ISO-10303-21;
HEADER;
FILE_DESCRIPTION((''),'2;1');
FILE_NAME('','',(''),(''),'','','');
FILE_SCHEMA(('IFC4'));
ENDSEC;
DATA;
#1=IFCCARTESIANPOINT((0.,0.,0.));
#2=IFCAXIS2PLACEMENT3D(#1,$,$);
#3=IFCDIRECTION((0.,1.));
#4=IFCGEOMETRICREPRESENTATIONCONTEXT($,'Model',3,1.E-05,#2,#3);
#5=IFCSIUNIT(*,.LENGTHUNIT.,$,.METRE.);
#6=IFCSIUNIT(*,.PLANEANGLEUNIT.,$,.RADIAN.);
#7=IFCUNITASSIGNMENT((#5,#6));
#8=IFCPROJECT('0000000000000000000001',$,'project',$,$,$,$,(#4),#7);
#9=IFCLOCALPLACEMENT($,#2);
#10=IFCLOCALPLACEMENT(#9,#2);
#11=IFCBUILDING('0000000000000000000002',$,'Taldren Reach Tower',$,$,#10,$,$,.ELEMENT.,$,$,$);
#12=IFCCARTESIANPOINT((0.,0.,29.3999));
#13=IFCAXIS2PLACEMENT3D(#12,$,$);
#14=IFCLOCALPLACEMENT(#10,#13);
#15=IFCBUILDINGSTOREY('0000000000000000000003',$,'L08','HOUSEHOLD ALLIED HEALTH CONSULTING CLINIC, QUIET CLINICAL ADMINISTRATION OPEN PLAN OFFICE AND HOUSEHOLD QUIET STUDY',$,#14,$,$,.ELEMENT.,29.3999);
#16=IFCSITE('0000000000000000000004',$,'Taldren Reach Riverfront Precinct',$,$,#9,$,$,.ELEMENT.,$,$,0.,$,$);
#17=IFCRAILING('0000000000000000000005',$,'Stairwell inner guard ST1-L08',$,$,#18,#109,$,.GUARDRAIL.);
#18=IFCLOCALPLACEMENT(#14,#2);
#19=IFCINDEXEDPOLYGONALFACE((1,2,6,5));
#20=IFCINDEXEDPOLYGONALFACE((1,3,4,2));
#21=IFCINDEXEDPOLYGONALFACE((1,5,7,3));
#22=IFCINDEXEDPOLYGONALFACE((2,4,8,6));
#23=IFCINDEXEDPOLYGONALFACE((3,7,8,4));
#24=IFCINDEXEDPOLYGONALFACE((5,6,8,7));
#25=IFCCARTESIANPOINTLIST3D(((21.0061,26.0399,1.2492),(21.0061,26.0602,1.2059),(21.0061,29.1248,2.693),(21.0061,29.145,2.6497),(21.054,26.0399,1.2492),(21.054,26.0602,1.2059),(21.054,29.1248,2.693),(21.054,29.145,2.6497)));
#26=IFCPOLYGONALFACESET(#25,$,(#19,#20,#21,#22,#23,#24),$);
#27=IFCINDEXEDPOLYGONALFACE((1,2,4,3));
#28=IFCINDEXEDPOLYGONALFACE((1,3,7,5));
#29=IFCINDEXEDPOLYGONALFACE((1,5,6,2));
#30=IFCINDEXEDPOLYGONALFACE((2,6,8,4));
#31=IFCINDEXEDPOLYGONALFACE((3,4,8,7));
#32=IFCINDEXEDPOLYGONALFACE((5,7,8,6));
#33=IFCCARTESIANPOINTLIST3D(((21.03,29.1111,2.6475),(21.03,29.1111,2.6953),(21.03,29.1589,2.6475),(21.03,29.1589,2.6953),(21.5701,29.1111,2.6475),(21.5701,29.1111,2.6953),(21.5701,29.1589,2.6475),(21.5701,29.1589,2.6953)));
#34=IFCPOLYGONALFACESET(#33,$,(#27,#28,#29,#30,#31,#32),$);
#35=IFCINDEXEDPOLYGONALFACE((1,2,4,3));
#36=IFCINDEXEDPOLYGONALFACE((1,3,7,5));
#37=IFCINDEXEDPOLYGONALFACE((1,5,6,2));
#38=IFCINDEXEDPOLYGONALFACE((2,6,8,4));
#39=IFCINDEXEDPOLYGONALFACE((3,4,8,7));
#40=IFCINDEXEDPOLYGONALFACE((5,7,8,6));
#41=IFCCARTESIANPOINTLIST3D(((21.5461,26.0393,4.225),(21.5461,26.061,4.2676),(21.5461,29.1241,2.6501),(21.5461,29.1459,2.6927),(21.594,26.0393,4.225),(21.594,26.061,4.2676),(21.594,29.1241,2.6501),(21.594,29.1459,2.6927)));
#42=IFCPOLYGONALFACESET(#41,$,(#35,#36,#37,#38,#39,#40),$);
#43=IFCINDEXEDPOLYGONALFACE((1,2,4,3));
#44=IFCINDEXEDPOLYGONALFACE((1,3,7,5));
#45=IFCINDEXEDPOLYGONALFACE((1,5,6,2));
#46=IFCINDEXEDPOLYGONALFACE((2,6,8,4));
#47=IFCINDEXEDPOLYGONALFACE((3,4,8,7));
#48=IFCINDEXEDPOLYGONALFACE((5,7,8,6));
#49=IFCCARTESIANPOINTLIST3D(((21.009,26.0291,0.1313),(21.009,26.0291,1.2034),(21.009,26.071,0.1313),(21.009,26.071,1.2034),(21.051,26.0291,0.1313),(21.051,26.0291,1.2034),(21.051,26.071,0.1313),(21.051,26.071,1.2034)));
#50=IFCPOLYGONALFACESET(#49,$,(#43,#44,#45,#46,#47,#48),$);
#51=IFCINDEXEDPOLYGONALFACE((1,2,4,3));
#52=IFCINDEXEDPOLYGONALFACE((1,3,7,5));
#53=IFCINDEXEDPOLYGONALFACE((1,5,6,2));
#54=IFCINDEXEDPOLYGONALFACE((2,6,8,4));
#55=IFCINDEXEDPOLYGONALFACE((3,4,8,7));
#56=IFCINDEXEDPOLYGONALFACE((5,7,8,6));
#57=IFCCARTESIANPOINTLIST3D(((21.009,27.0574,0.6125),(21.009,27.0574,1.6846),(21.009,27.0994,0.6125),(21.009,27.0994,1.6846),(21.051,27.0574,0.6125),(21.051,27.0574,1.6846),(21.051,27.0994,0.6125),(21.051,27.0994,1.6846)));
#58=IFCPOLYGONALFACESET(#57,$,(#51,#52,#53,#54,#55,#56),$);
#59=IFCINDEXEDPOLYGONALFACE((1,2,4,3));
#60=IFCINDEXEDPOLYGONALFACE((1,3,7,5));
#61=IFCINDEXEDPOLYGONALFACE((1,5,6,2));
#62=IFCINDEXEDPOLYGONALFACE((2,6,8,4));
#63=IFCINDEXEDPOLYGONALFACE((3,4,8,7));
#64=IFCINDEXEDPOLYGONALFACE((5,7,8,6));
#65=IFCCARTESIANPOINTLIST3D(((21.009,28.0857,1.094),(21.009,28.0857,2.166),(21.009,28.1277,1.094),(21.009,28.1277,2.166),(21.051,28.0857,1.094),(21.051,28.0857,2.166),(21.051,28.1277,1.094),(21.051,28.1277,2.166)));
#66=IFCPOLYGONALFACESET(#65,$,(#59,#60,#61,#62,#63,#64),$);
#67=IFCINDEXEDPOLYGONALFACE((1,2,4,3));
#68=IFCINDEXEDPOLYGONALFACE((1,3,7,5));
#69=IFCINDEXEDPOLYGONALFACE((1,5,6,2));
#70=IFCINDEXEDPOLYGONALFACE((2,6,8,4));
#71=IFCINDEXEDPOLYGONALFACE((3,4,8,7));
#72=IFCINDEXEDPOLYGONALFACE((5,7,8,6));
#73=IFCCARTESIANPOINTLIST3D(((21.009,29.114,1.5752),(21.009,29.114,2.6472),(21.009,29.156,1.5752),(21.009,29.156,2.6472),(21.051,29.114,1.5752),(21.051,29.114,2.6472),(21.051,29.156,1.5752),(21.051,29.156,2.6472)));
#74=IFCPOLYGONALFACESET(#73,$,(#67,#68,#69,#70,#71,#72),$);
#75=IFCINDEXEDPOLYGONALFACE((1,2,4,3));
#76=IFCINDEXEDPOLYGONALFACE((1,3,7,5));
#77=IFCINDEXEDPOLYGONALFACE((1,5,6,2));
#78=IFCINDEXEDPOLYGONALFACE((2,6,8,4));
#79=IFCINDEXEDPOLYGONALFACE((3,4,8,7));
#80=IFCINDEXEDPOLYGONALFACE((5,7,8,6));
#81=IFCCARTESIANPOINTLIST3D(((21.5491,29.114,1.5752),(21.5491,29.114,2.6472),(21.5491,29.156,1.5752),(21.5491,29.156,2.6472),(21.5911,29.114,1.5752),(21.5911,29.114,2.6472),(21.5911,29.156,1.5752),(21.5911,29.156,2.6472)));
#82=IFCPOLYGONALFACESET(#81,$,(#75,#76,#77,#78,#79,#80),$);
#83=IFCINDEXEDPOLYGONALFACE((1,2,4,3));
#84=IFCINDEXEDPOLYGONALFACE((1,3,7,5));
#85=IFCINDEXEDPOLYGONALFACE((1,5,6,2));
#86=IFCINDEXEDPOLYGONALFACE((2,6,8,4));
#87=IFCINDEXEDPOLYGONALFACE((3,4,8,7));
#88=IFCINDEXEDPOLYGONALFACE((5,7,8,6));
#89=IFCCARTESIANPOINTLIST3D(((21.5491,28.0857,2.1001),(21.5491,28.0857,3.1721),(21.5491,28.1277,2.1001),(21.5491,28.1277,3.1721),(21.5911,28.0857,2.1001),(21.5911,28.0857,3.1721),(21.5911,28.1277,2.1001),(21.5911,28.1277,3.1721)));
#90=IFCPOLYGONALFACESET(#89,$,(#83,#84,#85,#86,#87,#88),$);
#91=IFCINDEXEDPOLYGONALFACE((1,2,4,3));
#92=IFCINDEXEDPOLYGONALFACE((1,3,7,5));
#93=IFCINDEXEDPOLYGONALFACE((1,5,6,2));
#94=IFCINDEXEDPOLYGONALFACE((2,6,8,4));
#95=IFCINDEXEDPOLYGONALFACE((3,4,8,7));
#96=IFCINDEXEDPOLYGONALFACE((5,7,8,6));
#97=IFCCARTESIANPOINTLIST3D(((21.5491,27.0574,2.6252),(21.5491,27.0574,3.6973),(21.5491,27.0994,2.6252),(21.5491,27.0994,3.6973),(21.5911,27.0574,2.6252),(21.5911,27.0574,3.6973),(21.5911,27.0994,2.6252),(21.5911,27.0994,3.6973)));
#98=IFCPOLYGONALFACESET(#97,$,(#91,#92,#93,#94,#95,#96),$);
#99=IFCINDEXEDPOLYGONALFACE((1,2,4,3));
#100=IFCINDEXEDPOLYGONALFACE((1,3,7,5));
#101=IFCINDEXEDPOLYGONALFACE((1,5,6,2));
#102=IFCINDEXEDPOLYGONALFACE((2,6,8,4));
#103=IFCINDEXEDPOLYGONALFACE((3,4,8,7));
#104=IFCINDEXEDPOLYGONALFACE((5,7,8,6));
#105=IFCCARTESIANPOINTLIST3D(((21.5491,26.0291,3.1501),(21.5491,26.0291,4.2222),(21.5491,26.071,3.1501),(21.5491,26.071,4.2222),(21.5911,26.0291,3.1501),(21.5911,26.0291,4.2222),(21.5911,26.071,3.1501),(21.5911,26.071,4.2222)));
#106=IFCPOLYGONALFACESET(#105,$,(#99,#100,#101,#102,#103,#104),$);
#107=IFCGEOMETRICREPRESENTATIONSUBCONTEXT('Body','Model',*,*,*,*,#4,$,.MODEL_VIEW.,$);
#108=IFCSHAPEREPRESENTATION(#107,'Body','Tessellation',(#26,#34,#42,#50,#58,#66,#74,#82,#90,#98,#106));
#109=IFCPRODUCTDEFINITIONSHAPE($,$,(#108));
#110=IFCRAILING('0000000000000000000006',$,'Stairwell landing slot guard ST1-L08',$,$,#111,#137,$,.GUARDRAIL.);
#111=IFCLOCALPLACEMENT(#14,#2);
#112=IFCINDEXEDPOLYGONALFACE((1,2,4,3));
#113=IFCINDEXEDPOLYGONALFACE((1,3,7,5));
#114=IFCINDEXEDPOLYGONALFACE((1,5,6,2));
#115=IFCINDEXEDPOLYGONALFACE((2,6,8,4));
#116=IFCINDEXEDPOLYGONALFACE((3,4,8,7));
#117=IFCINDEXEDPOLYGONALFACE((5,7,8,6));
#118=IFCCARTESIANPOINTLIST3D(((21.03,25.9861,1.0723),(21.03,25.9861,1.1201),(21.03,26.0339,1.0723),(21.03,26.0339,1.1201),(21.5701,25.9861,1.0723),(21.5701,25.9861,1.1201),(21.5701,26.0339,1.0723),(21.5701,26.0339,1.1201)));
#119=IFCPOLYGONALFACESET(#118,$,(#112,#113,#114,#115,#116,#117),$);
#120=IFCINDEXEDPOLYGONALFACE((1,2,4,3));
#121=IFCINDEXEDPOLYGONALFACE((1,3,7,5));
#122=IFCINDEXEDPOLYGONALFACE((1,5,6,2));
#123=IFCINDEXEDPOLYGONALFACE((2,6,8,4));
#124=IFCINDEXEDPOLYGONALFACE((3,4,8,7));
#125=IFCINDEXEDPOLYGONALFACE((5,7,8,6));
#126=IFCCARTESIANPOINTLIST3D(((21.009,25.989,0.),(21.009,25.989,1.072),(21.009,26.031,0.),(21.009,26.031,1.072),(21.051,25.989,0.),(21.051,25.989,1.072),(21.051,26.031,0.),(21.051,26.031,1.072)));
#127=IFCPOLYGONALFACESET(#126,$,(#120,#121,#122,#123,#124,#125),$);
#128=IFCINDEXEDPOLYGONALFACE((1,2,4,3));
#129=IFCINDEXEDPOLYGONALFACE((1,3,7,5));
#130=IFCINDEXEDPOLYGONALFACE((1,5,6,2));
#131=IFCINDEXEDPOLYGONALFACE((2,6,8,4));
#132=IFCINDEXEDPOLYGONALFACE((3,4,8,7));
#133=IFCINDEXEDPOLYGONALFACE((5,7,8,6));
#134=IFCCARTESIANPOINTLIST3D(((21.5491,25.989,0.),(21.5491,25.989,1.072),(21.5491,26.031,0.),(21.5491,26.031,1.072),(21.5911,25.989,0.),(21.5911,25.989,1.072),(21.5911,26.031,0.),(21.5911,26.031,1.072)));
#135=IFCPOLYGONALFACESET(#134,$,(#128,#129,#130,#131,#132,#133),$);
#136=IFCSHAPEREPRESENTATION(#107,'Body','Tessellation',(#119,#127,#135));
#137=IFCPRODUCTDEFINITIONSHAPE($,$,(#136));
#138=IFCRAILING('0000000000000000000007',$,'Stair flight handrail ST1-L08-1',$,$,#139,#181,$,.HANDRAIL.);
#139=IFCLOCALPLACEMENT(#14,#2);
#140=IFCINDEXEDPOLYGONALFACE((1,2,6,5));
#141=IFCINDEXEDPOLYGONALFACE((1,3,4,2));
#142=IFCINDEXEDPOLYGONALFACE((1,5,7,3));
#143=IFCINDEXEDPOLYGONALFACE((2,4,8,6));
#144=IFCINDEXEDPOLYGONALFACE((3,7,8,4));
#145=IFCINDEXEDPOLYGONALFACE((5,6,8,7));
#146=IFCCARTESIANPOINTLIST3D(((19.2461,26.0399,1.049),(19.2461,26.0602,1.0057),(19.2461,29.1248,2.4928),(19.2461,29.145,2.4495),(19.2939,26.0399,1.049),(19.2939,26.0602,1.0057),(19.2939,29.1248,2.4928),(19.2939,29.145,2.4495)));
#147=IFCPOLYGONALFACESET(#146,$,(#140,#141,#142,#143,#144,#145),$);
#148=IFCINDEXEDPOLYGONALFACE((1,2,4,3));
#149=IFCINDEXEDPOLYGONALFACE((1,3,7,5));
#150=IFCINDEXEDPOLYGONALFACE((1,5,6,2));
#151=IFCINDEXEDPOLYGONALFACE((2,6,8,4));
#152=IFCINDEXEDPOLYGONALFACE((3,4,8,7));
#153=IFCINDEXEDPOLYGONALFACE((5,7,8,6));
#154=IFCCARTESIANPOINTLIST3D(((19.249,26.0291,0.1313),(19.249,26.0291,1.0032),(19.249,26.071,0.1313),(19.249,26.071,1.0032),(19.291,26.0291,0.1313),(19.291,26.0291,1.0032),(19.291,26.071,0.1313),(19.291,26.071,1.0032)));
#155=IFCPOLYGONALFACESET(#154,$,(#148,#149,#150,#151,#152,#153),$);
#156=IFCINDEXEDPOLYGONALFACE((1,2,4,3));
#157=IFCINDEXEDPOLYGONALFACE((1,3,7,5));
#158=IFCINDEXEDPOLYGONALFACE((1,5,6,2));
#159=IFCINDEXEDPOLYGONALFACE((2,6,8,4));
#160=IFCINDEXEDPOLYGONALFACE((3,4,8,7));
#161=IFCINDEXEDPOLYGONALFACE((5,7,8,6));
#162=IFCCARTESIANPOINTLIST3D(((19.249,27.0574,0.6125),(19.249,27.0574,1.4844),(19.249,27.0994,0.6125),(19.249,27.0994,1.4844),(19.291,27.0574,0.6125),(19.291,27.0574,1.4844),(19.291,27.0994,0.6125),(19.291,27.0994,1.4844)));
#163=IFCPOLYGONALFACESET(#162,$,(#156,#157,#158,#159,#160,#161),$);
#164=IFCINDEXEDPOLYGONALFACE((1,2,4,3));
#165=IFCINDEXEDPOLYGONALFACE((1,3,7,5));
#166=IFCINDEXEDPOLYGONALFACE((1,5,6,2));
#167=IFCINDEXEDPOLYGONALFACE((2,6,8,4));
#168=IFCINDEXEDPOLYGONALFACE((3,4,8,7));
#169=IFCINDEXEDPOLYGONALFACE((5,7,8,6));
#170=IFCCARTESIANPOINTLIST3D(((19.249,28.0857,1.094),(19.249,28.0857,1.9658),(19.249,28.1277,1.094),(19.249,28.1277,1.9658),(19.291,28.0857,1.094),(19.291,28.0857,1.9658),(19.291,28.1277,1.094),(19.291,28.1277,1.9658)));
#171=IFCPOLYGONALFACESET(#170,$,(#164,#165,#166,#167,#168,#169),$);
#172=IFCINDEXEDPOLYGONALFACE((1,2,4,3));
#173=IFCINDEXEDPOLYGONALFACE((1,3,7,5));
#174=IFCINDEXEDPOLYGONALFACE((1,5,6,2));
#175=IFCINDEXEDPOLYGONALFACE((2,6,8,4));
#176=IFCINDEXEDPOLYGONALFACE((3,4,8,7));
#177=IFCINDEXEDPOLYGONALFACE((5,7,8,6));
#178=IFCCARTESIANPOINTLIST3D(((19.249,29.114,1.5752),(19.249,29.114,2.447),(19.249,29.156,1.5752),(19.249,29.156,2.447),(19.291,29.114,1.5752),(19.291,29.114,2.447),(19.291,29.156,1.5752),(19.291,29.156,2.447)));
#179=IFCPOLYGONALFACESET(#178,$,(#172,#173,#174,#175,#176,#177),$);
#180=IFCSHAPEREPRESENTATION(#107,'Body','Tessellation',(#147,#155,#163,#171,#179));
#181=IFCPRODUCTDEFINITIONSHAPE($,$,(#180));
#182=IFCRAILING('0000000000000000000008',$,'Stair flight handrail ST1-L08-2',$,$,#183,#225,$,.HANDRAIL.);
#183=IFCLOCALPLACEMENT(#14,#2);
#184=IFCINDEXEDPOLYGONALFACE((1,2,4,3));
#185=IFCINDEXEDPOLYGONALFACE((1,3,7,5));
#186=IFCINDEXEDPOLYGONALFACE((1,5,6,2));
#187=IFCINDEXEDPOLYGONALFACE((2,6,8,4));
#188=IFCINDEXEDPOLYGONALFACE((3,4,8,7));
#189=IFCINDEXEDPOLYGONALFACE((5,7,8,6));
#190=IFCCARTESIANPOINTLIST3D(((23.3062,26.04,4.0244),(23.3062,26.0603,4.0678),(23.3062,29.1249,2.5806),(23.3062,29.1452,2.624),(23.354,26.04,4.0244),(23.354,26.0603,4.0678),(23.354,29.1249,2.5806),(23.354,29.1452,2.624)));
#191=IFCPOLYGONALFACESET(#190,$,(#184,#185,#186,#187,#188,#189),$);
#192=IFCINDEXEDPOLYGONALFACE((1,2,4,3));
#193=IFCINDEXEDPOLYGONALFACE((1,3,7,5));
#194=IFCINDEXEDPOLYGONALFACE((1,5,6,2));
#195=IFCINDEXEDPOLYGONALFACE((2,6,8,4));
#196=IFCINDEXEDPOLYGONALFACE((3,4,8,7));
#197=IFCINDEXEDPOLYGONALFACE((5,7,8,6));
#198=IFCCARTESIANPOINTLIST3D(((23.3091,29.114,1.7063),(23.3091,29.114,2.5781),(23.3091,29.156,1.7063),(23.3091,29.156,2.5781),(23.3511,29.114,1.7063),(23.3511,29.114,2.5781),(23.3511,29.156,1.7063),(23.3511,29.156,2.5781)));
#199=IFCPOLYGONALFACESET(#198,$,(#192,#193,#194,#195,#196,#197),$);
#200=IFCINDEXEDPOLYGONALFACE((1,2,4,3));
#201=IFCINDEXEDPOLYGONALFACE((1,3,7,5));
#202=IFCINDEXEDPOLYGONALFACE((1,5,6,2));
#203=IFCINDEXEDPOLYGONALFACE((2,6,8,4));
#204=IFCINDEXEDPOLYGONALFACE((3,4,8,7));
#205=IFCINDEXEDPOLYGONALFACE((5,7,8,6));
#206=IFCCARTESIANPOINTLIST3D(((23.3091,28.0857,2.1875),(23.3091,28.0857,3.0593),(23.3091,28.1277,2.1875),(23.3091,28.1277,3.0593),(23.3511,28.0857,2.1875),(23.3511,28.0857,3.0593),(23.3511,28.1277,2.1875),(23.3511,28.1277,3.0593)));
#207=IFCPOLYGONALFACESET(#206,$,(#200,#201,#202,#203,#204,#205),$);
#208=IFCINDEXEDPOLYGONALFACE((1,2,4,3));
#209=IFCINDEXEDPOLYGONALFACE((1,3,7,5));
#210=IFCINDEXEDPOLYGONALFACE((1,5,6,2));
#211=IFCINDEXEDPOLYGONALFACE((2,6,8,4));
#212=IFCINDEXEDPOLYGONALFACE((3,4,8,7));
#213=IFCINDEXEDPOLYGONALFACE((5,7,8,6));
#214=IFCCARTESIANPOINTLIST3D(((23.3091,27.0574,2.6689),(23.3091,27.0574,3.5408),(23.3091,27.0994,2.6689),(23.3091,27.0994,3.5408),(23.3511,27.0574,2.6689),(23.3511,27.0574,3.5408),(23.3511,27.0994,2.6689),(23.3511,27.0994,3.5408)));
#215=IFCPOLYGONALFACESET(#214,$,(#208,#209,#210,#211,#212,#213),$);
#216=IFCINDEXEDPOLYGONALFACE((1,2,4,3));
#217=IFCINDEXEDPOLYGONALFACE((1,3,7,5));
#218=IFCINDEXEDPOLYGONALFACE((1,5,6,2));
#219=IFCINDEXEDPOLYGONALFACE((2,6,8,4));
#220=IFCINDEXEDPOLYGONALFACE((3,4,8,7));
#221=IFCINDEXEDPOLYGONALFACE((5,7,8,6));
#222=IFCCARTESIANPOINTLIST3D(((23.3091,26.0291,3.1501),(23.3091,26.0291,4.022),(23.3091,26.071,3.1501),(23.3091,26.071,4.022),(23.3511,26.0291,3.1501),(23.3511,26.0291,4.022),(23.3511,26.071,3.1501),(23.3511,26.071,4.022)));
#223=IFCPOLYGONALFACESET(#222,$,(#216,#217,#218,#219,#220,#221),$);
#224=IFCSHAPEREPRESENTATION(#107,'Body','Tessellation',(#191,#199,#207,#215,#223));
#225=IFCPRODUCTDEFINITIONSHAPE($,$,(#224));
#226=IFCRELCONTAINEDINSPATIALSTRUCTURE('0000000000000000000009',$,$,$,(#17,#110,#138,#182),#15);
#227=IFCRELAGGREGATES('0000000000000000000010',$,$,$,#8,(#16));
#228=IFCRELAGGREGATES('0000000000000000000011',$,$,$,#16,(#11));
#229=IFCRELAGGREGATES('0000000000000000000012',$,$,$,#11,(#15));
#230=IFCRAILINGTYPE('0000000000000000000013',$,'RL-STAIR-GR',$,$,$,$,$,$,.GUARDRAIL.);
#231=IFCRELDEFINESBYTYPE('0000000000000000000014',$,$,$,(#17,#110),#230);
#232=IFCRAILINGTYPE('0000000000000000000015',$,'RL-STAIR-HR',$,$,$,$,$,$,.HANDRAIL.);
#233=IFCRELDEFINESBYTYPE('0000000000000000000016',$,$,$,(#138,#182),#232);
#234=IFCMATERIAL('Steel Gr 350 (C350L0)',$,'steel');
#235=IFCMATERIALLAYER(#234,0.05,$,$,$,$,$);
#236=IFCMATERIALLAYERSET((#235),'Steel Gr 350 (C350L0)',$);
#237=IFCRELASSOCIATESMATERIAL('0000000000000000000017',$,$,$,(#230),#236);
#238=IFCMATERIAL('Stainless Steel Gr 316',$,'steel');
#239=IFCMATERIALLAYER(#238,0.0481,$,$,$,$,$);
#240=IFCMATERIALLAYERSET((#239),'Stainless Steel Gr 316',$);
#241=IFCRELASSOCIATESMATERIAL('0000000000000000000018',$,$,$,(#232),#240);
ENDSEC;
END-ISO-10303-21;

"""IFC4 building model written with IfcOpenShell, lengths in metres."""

from ifc_helpers import new_model, si_unit, direction, frame, origin, origin_2d, place, context, subcontext, project, spatial, rectangle, extrude, material, layer, layer_set, type_object, element, save


model = new_model("IFC4")

# Units and contexts
model_context = context("Model", 3, precision=1e-05, world=origin(), true_north=direction((0.0, 1.0)))
body_context = subcontext(model_context, "Body", "Model", "MODEL_VIEW")
ifc_project = project(units=[si_unit("LENGTHUNIT", "METRE"), si_unit("PLANEANGLEUNIT", "RADIAN")], contexts=[model_context])

# Site, building, storey
site_placement = place(None, origin())
site = spatial("IfcSite", under=ifc_project, at=site_placement, Name="Taldren Reach Riverfront Precinct", CompositionType="ELEMENT", RefElevation=0.0)
building_placement = place(site_placement, origin())
building = spatial("IfcBuilding", under=site, at=building_placement, Name="Taldren Reach Tower", CompositionType="ELEMENT")
storey_placement = place(building_placement, frame((0.0, 0.0, 29.3999)))
storey = spatial("IfcBuildingStorey", under=building, at=storey_placement, Name="L08", Description="HOUSEHOLD ALLIED HEALTH CONSULTING CLINIC, QUIET CLINICAL ADMINISTRATION OPEN PLAN OFFICE AND HOUSEHOLD QUIET STUDY", CompositionType="ELEMENT", Elevation=29.3999)

# Railings
ifc_material_1 = material(Name="Steel Gr 350 (C350L0)", Category="steel")
ifc_layer_1 = layer(ifc_material_1, 0.05)
ifc_layer_set_1 = layer_set([ifc_layer_1], Name="Steel Gr 350 (C350L0)")
railing_type_1 = type_object("IfcRailingType", Name="RL-STAIR-GR", PredefinedType="GUARDRAIL", material=ifc_layer_set_1)
railing_1_placement = place(storey_placement, frame((21.03, 26.05, 0.1313)))
element("IfcRailing", 1, at=railing_1_placement, inside=storey, type_object=railing_type_1, Name="Stairwell inner guard ST1-L08", PredefinedType="GUARDRAIL", context=body_context, shape_type="SweptSolid", body=[
    extrude(rectangle(XDim=0.0479, YDim=0.0479, at=origin_2d()), frame((0.0, 0.0, 1.0962), z_axis=(0.0, 0.90571, 0.423898), x_axis=(-1.0, 0.0, 0.0)), (0.0, 0.0, 1.0), 3.406),
    extrude(rectangle(XDim=0.0479, YDim=0.0479, at=origin_2d()), frame((0.0, 3.085, 2.54), z_axis=(1.0, 0.0, 0.0), x_axis=(0.0, 1.0, 0.0)), (0.0, 0.0, 1.0), 0.54),
    extrude(rectangle(XDim=0.0479, YDim=0.0479, at=origin_2d()), frame((0.54, 3.085, 2.54), z_axis=(0.0, -0.890646, 0.454697), x_axis=(1.0, 0.0, 0.0)), (0.0, 0.0, 1.0), 3.4636),
    extrude(rectangle(XDim=0.042, YDim=0.042, at=origin_2d()), origin(), (0.0, 0.0, 1.0), 1.072),
    extrude(rectangle(XDim=0.042, YDim=0.042, at=origin_2d()), frame((0.0, 1.0283, 0.4812)), (0.0, 0.0, 1.0), 1.072),
    extrude(rectangle(XDim=0.042, YDim=0.042, at=origin_2d()), frame((0.0, 2.0566, 0.9626)), (0.0, 0.0, 1.0), 1.072),
    extrude(rectangle(XDim=0.042, YDim=0.042, at=origin_2d()), frame((0.0, 3.085, 1.4438)), (0.0, 0.0, 1.0), 1.072),
    extrude(rectangle(XDim=0.042, YDim=0.042, at=origin_2d()), frame((0.54, 3.085, 1.4438)), (0.0, 0.0, 1.0), 1.072),
    extrude(rectangle(XDim=0.042, YDim=0.042, at=origin_2d()), frame((0.54, 2.0566, 1.9688)), (0.0, 0.0, 1.0), 1.072),
    extrude(rectangle(XDim=0.042, YDim=0.042, at=origin_2d()), frame((0.54, 1.0283, 2.4939)), (0.0, 0.0, 1.0), 1.072),
    extrude(rectangle(XDim=0.042, YDim=0.042, at=origin_2d()), frame((0.54, 0.0, 3.0188)), (0.0, 0.0, 1.0), 1.072),
])
railing_2_placement = place(storey_placement, frame((21.03, 26.01, 0.0)))
element("IfcRailing", 2, at=railing_2_placement, inside=storey, type_object=railing_type_1, Name="Stairwell landing slot guard ST1-L08", PredefinedType="GUARDRAIL", context=body_context, shape_type="SweptSolid", body=[
    extrude(rectangle(XDim=0.0479, YDim=0.0479, at=origin_2d()), frame((0.0, 0.0, 1.0962), z_axis=(1.0, 0.0, 0.0), x_axis=(0.0, 1.0, 0.0)), (0.0, 0.0, 1.0), 0.54),
    extrude(rectangle(XDim=0.042, YDim=0.042, at=origin_2d()), origin(), (0.0, 0.0, 1.0), 1.072),
    extrude(rectangle(XDim=0.042, YDim=0.042, at=origin_2d()), frame((0.54, 0.0, 0.0)), (0.0, 0.0, 1.0), 1.072),
])
ifc_material_2 = material(Name="Stainless Steel Gr 316", Category="steel")
ifc_layer_2 = layer(ifc_material_2, 0.0481)
ifc_layer_set_2 = layer_set([ifc_layer_2], Name="Stainless Steel Gr 316")
railing_type_2 = type_object("IfcRailingType", Name="RL-STAIR-HR", PredefinedType="HANDRAIL", material=ifc_layer_set_2)
railing_3_placement = place(storey_placement, frame((19.27, 26.05, 0.1313)))
element("IfcRailing", 3, at=railing_3_placement, inside=storey, type_object=railing_type_2, Name="Stair flight handrail ST1-L08-1", PredefinedType="HANDRAIL", context=body_context, shape_type="SweptSolid", body=[
    extrude(rectangle(XDim=0.0479, YDim=0.0479, at=origin_2d()), frame((0.0, 0.0, 0.896), z_axis=(0.0, 0.90571, 0.423898), x_axis=(-1.0, 0.0, 0.0)), (0.0, 0.0, 1.0), 3.406),
    extrude(rectangle(XDim=0.042, YDim=0.042, at=origin_2d()), origin(), (0.0, 0.0, 1.0), 0.8718),
    extrude(rectangle(XDim=0.042, YDim=0.042, at=origin_2d()), frame((0.0, 1.0283, 0.4812)), (0.0, 0.0, 1.0), 0.8718),
    extrude(rectangle(XDim=0.042, YDim=0.042, at=origin_2d()), frame((0.0, 2.0566, 0.9626)), (0.0, 0.0, 1.0), 0.8718),
    extrude(rectangle(XDim=0.042, YDim=0.042, at=origin_2d()), frame((0.0, 3.085, 1.4438)), (0.0, 0.0, 1.0), 0.8718),
])
railing_4_placement = place(storey_placement, frame((23.3301, 29.135, 1.7063)))
element("IfcRailing", 4, at=railing_4_placement, inside=storey, type_object=railing_type_2, Name="Stair flight handrail ST1-L08-2", PredefinedType="HANDRAIL", context=body_context, shape_type="SweptSolid", body=[
    extrude(rectangle(XDim=0.0479, YDim=0.0479, at=origin_2d()), frame((0.0, 0.0, 0.896), z_axis=(0.0, -0.90571, 0.423898), x_axis=(1.0, 0.0, 0.0)), (0.0, 0.0, 1.0), 3.406),
    extrude(rectangle(XDim=0.042, YDim=0.042, at=origin_2d()), origin(), (0.0, 0.0, 1.0), 0.8718),
    extrude(rectangle(XDim=0.042, YDim=0.042, at=origin_2d()), frame((0.0, -1.0283, 0.4812)), (0.0, 0.0, 1.0), 0.8718),
    extrude(rectangle(XDim=0.042, YDim=0.042, at=origin_2d()), frame((0.0, -2.0566, 0.9626)), (0.0, 0.0, 1.0), 0.8718),
    extrude(rectangle(XDim=0.042, YDim=0.042, at=origin_2d()), frame((0.0, -3.085, 1.4438)), (0.0, 0.0, 1.0), 0.8718),
])

save(model, "model.ifc")
